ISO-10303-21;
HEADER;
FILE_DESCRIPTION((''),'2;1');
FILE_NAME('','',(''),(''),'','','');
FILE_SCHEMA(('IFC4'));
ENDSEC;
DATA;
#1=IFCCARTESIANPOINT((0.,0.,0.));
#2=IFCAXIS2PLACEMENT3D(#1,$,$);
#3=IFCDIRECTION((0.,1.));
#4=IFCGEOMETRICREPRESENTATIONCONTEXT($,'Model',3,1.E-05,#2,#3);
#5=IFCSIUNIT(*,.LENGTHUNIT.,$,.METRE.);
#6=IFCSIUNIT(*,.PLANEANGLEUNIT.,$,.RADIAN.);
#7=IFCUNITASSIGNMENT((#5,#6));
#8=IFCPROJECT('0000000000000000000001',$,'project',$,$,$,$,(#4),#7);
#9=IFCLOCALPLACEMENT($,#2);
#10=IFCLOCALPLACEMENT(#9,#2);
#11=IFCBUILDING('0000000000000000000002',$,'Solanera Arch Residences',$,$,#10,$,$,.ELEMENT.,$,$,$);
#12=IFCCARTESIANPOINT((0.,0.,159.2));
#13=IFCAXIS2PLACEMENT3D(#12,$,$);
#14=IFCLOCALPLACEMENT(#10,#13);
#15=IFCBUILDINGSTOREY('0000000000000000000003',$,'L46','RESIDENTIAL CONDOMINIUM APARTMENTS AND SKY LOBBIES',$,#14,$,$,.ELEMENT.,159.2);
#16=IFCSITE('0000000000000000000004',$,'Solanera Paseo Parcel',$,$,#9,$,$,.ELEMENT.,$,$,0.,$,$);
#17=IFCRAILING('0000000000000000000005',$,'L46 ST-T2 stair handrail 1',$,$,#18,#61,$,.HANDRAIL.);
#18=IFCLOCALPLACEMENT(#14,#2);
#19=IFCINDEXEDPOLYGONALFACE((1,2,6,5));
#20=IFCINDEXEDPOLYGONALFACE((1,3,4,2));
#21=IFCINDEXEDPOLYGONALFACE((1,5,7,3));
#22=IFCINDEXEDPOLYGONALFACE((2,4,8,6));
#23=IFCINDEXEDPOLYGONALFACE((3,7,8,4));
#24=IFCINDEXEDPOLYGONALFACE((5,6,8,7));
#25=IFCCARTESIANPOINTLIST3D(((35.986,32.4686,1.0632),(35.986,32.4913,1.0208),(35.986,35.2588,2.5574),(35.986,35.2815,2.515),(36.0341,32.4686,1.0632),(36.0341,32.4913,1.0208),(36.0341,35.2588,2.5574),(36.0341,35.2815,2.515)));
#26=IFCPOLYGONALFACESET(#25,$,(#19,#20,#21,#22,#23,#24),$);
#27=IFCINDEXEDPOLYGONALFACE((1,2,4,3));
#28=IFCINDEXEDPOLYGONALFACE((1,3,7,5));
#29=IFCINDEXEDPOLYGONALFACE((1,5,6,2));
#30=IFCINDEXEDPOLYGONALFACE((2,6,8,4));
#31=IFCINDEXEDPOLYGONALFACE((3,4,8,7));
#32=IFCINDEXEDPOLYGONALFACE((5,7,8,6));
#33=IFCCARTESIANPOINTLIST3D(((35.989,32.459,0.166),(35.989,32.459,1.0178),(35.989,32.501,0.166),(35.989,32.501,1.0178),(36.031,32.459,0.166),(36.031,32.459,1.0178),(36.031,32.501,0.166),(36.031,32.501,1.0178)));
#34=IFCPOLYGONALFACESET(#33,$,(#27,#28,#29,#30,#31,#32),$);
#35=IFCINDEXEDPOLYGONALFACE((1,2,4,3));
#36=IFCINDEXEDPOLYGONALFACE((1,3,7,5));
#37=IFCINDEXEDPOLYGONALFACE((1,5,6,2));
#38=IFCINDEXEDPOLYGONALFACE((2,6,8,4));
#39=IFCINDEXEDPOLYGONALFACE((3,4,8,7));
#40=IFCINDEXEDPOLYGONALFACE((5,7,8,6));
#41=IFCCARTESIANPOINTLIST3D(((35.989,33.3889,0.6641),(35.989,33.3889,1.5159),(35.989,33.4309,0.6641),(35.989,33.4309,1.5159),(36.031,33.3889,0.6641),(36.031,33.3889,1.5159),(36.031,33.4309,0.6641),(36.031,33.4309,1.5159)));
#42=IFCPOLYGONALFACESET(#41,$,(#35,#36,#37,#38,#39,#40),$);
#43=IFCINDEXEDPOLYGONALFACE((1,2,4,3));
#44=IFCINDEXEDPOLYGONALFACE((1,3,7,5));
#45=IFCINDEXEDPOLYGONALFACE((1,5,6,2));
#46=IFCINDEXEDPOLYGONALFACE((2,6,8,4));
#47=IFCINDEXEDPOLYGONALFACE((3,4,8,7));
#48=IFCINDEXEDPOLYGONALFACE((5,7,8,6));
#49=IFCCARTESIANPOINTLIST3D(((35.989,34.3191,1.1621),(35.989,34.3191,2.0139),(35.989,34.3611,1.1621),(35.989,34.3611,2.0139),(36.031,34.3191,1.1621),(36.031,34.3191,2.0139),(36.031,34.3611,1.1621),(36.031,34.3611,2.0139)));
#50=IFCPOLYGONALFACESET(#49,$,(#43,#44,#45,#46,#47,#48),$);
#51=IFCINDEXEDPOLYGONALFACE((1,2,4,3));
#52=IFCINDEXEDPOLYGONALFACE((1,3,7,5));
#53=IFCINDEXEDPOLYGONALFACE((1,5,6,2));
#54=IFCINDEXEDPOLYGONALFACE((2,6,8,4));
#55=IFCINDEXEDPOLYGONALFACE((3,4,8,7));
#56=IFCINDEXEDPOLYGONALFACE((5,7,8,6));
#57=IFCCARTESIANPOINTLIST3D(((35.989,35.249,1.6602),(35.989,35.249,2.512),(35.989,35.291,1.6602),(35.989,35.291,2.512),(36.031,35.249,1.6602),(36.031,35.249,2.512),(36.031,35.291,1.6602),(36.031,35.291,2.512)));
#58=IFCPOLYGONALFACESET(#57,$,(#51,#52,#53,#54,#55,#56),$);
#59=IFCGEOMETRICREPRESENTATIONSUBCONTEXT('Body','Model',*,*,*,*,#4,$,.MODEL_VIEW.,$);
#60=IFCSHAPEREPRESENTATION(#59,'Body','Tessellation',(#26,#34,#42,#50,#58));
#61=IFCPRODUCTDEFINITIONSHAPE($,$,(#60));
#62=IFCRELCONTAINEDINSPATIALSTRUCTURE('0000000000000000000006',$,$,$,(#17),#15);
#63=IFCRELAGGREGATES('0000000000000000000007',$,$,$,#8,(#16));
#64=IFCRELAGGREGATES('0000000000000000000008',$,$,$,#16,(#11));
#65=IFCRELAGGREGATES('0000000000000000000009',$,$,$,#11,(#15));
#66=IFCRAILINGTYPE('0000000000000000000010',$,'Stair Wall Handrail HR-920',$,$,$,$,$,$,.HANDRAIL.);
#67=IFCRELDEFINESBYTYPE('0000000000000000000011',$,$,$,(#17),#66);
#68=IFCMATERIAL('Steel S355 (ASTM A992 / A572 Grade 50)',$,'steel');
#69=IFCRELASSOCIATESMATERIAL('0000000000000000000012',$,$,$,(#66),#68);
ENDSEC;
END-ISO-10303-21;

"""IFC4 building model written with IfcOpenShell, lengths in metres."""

from ifc_helpers import new_model, si_unit, direction, frame, origin, origin_2d, place, context, subcontext, project, spatial, rectangle, extrude, material, type_object, element, save


model = new_model("IFC4")

# Units and contexts
model_context = context("Model", 3, precision=1e-05, world=origin(), true_north=direction((0.0, 1.0)))
body_context = subcontext(model_context, "Body", "Model", "MODEL_VIEW")
ifc_project = project(units=[si_unit("LENGTHUNIT", "METRE"), si_unit("PLANEANGLEUNIT", "RADIAN")], contexts=[model_context])

# Site, building, storey
site_placement = place(None, origin())
site = spatial("IfcSite", under=ifc_project, at=site_placement, Name="Solanera Paseo Parcel", CompositionType="ELEMENT", RefElevation=0.0)
building_placement = place(site_placement, origin())
building = spatial("IfcBuilding", under=site, at=building_placement, Name="Solanera Arch Residences", CompositionType="ELEMENT")
storey_placement = place(building_placement, frame((0.0, 0.0, 159.2)))
storey = spatial("IfcBuildingStorey", under=building, at=storey_placement, Name="L46", Description="RESIDENTIAL CONDOMINIUM APARTMENTS AND SKY LOBBIES", CompositionType="ELEMENT", Elevation=159.2)

# Railing
ifc_material_1 = material(Name="Steel S355 (ASTM A992 / A572 Grade 50)", Category="steel")
railing_type_1 = type_object("IfcRailingType", Name="Stair Wall Handrail HR-920", PredefinedType="HANDRAIL", material=ifc_material_1)
railing_1_placement = place(storey_placement, frame((36.01, 32.48, 0.166)))
element("IfcRailing", 1, at=railing_1_placement, inside=storey, type_object=railing_type_1, Name="L46 ST-T2 stair handrail 1", PredefinedType="HANDRAIL", context=body_context, shape_type="SweptSolid", body=[
    extrude(rectangle(XDim=0.0481, YDim=0.0481, at=origin_2d()), frame((0.0, 0.0, 0.876), z_axis=(0.0, 0.881549, 0.472093), x_axis=(-1.0, 0.0, 0.0)), (0.0, 0.0, 1.0), 3.165),
    extrude(rectangle(XDim=0.042, YDim=0.042, at=origin_2d()), origin(), (0.0, 0.0, 1.0), 0.8518),
    extrude(rectangle(XDim=0.042, YDim=0.042, at=origin_2d()), frame((0.0, 0.9299, 0.498)), (0.0, 0.0, 1.0), 0.8518),
    extrude(rectangle(XDim=0.042, YDim=0.042, at=origin_2d()), frame((0.0, 1.8601, 0.9961)), (0.0, 0.0, 1.0), 0.8518),
    extrude(rectangle(XDim=0.042, YDim=0.042, at=origin_2d()), frame((0.0, 2.79, 1.4941)), (0.0, 0.0, 1.0), 0.8518),
])

save(model, "model.ifc")
